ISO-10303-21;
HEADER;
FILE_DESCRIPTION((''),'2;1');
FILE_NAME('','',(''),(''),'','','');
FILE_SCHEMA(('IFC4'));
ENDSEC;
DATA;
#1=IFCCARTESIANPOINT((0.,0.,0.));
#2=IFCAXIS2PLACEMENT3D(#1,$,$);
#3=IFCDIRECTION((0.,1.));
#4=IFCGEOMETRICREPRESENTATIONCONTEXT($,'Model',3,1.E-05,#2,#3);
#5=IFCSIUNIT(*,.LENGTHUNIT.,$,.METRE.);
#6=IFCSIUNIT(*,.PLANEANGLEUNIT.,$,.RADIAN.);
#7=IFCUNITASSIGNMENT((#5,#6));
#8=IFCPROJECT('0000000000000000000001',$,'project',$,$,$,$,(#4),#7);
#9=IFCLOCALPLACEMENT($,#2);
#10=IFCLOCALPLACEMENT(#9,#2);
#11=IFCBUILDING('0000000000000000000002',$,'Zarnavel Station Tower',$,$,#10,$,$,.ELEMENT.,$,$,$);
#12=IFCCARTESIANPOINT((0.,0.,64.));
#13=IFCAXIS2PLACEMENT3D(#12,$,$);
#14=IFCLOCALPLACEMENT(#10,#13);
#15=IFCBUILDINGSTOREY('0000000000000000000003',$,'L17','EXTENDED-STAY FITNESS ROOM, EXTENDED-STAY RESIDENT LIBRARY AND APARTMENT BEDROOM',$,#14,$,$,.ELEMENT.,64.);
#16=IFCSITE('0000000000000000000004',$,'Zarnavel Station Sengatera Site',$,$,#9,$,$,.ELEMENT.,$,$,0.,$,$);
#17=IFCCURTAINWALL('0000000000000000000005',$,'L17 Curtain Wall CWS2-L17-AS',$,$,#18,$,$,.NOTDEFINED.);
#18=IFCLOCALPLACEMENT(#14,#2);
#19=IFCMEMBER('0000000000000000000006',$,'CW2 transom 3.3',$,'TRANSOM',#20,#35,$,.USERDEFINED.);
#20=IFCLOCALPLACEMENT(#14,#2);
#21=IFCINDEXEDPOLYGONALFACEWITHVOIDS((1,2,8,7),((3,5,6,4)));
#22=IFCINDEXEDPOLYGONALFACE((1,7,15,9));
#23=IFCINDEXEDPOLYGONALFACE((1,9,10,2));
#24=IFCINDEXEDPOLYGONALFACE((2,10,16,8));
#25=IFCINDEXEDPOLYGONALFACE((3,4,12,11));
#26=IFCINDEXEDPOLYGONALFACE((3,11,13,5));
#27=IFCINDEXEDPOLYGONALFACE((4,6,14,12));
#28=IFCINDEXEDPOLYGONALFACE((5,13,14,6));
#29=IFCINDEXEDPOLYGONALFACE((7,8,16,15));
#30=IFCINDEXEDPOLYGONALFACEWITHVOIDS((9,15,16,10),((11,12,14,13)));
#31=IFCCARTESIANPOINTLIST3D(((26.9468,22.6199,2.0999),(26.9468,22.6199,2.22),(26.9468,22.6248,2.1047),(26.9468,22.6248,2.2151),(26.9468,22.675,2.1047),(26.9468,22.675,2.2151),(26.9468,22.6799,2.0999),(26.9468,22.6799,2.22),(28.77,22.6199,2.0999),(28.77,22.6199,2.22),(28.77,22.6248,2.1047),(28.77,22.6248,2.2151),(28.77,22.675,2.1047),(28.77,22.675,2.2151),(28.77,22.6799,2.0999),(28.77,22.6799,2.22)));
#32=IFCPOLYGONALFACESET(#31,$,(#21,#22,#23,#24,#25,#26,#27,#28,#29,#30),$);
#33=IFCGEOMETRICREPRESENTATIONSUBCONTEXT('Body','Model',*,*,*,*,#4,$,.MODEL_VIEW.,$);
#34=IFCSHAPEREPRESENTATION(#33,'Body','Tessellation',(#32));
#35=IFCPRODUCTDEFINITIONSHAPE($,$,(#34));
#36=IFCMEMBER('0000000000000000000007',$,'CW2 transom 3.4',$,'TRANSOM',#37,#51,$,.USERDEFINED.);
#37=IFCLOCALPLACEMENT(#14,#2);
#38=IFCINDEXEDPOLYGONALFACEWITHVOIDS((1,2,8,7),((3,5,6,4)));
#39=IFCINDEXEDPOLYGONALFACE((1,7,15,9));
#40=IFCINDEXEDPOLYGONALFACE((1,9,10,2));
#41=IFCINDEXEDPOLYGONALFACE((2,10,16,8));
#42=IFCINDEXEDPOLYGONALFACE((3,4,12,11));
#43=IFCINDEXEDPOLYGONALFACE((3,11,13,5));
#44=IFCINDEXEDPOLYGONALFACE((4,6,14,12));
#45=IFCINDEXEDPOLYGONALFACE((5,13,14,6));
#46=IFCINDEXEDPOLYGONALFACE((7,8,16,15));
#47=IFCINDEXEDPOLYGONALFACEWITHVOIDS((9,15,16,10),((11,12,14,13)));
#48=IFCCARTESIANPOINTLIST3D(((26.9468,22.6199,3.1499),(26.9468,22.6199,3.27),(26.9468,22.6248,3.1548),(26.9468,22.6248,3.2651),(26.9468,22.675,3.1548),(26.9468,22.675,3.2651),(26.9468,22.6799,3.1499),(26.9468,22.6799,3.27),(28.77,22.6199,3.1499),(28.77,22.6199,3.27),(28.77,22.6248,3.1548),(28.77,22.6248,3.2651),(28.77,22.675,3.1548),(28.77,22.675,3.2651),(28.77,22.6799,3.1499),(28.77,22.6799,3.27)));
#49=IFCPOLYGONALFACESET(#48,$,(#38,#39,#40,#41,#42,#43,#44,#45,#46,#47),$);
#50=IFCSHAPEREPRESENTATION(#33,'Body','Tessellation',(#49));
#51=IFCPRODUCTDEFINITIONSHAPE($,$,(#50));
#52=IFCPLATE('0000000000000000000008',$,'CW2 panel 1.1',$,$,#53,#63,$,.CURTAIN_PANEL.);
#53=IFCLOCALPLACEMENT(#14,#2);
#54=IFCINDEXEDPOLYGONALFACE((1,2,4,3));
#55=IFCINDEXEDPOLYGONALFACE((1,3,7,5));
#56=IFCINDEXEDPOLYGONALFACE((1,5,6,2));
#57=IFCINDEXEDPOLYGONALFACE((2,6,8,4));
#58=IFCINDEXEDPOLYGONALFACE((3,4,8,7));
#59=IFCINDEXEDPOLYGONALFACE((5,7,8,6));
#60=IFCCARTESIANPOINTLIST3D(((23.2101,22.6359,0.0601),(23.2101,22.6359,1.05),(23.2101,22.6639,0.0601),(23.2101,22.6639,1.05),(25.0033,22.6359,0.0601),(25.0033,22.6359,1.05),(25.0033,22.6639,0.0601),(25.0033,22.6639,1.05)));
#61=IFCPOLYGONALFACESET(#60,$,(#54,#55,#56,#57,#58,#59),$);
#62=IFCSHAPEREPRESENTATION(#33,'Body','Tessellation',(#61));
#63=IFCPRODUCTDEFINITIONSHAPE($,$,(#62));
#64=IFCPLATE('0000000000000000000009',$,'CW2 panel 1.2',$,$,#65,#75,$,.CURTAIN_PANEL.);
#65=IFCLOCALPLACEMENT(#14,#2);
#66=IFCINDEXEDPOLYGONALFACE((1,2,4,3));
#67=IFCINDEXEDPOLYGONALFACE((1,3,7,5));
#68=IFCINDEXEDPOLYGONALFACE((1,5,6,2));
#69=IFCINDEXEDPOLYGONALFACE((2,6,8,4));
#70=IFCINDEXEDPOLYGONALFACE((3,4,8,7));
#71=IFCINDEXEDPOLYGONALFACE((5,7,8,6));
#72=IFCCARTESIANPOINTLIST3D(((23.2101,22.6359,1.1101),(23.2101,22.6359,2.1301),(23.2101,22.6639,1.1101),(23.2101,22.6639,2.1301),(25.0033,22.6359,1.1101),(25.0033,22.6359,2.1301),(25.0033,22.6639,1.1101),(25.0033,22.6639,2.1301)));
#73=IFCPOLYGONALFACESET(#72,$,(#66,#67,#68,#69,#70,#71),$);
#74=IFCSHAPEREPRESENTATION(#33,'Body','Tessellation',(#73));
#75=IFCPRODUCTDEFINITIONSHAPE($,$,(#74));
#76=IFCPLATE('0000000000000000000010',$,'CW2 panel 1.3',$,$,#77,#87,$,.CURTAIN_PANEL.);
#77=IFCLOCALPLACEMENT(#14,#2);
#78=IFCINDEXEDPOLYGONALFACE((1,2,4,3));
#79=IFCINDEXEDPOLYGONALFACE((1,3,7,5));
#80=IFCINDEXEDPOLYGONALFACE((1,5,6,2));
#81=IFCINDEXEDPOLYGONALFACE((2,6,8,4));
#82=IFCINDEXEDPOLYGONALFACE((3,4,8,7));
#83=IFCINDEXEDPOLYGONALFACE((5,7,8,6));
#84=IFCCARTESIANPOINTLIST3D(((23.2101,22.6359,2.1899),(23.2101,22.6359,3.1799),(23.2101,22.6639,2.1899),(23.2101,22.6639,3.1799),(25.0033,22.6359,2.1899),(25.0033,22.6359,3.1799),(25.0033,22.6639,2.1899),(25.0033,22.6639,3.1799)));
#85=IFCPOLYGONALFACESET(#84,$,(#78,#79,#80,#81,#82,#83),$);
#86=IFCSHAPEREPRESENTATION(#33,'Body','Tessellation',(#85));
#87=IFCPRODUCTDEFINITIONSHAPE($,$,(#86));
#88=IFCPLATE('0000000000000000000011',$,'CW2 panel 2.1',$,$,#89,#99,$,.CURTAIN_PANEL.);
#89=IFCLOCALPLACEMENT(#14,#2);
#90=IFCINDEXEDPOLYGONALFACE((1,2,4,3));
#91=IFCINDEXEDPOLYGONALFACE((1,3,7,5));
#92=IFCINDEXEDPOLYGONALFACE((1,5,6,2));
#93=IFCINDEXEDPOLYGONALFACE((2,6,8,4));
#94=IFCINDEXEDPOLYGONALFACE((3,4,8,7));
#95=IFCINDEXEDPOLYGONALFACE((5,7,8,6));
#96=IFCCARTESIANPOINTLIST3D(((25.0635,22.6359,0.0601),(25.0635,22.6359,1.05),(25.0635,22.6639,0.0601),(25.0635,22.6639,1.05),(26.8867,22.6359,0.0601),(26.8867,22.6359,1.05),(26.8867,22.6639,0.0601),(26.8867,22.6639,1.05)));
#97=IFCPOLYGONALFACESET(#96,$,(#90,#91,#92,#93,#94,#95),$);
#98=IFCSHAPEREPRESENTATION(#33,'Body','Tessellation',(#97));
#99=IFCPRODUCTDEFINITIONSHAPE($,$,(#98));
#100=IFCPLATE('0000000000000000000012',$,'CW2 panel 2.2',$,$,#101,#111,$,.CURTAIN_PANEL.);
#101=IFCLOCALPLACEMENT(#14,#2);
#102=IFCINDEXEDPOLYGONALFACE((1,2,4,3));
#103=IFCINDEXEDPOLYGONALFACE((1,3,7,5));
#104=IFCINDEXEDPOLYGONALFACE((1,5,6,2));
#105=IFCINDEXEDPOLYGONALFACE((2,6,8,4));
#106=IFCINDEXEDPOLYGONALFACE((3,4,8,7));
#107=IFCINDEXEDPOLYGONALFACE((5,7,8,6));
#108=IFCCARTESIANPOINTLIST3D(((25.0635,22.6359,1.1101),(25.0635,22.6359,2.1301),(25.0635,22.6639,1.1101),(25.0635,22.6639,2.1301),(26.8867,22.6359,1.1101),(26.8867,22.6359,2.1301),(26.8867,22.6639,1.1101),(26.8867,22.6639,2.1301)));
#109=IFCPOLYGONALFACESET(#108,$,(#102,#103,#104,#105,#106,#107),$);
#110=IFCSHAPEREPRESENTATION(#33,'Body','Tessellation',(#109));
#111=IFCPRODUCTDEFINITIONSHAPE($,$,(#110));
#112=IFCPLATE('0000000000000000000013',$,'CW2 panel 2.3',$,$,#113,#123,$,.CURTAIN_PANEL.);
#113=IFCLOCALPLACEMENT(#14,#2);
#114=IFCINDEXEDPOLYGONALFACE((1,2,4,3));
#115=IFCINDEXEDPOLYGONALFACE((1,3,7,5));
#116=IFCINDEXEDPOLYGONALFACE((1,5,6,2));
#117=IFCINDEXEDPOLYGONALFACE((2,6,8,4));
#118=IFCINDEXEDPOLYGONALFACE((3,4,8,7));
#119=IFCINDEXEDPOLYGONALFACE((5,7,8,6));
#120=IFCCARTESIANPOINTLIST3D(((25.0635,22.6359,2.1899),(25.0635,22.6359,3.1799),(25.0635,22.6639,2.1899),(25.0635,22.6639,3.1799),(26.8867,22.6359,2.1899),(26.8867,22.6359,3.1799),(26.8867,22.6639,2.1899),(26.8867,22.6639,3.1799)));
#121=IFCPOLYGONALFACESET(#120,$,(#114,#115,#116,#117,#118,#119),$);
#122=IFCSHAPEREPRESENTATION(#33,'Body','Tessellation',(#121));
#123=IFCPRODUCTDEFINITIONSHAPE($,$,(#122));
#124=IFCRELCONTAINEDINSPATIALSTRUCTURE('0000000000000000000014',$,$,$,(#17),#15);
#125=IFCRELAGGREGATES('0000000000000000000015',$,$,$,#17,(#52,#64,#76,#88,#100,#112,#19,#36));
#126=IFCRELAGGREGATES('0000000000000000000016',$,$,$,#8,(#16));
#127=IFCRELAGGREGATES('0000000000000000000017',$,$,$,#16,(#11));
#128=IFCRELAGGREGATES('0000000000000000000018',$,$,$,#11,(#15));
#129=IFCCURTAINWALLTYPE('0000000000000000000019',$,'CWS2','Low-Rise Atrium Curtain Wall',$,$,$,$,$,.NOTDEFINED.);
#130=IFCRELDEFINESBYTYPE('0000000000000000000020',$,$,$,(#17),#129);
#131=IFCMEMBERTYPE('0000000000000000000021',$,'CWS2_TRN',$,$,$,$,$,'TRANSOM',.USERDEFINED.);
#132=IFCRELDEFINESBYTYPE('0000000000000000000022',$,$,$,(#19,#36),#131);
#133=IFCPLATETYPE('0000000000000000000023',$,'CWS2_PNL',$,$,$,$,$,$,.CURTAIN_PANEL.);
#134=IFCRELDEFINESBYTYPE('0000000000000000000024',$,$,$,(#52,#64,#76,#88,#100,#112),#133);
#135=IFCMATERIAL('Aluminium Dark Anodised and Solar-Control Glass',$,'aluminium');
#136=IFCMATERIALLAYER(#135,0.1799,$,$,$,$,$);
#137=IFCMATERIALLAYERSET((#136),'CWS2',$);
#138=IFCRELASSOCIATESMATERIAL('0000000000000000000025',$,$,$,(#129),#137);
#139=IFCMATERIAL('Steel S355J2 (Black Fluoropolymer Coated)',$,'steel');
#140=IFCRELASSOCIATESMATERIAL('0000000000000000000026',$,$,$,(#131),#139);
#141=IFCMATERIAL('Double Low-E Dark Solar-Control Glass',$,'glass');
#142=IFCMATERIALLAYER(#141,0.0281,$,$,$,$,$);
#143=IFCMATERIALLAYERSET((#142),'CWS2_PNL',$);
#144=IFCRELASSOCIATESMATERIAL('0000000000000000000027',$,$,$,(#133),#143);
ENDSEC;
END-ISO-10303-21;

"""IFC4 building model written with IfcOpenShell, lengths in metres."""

from ifc_helpers import new_model, si_unit, direction, frame, origin, origin_2d, place, context, subcontext, project, spatial, rectangle, hollow_rectangle, extrude, material, layer, layer_set, material_profile, profile_set, type_object, element, aggregate, save


model = new_model("IFC4")

# Units and contexts
model_context = context("Model", 3, precision=1e-05, world=origin(), true_north=direction((0.0, 1.0)))
body_context = subcontext(model_context, "Body", "Model", "MODEL_VIEW")
ifc_project = project(units=[si_unit("LENGTHUNIT", "METRE"), si_unit("PLANEANGLEUNIT", "RADIAN")], contexts=[model_context])

# Site, building, storey
site_placement = place(None, origin())
site = spatial("IfcSite", under=ifc_project, at=site_placement, Name="Zarnavel Station Sengatera Site", CompositionType="ELEMENT", RefElevation=0.0)
building_placement = place(site_placement, origin())
building = spatial("IfcBuilding", under=site, at=building_placement, Name="Zarnavel Station Tower", CompositionType="ELEMENT")
storey_placement = place(building_placement, frame((0.0, 0.0, 64.0)))
storey = spatial("IfcBuildingStorey", under=building, at=storey_placement, Name="L17", Description="EXTENDED-STAY FITNESS ROOM, EXTENDED-STAY RESIDENT LIBRARY AND APARTMENT BEDROOM", CompositionType="ELEMENT", Elevation=64.0)

# Curtain wall, members, plates
ifc_material_1 = material(Name="Aluminium Dark Anodised and Solar-Control Glass", Category="aluminium")
ifc_layer_1 = layer(ifc_material_1, 0.1799)
ifc_layer_set_1 = layer_set([ifc_layer_1], Name="CWS2")
curtain_wall_type = type_object("IfcCurtainWallType", Name="CWS2", Description="Low-Rise Atrium Curtain Wall", PredefinedType="NOTDEFINED", material=ifc_layer_set_1)
curtain_wall_placement = place(storey_placement, origin())
curtain_wall = element("IfcCurtainWall", 1, at=curtain_wall_placement, inside=storey, type_object=curtain_wall_type, Name="L17 Curtain Wall CWS2-L17-AS", PredefinedType="NOTDEFINED")
ifc_material_2 = material(Name="Steel S355J2 (Black Fluoropolymer Coated)", Category="steel")
ifc_material_profile_1 = material_profile(ifc_material_2, hollow_rectangle(XDim=0.0601, YDim=0.1201, WallThickness=0.0049, at=origin_2d()), Name="RHS120x60x5")
ifc_profile_set_1 = profile_set([ifc_material_profile_1], Name="Steel S355J2 (Black Fluoropolymer Coated)")
member_type_1 = type_object("IfcMemberType", Name="CWS2_TRN", ElementType="TRANSOM", PredefinedType="USERDEFINED", material=ifc_profile_set_1)
member_1_placement = place(storey_placement, frame((26.9468, 22.6499, 2.1599), z_axis=(1.0, 0.0, 0.0), x_axis=(0.0, 1.0, 0.0)))
member_1 = element("IfcMember", 2, at=member_1_placement, type_object=member_type_1, Name="CW2 transom 3.3", ObjectType="TRANSOM", PredefinedType="USERDEFINED", context=body_context, shape_type="SweptSolid", body=[
    extrude(hollow_rectangle(XDim=0.0601, YDim=0.1201, WallThickness=0.0049, at=origin_2d()), origin(), (0.0, 0.0, 1.0), 1.8232),
])
member_2_placement = place(storey_placement, frame((26.9468, 22.6499, 3.21), z_axis=(1.0, 0.0, 0.0), x_axis=(0.0, 1.0, 0.0)))
member_2 = element("IfcMember", 3, at=member_2_placement, type_object=member_type_1, Name="CW2 transom 3.4", ObjectType="TRANSOM", PredefinedType="USERDEFINED", context=body_context, shape_type="SweptSolid", body=[
    extrude(hollow_rectangle(XDim=0.0601, YDim=0.1201, WallThickness=0.0049, at=origin_2d()), origin(), (0.0, 0.0, 1.0), 1.8232),
])
ifc_material_3 = material(Name="Double Low-E Dark Solar-Control Glass", Category="glass")
ifc_layer_2 = layer(ifc_material_3, 0.0281)
ifc_layer_set_2 = layer_set([ifc_layer_2], Name="CWS2_PNL")
plate_type = type_object("IfcPlateType", Name="CWS2_PNL", PredefinedType="CURTAIN_PANEL", material=ifc_layer_set_2)
plate_1_placement = place(storey_placement, frame((24.1067, 22.6499, 0.0601), z_axis=(0.0, 0.0, 1.0), x_axis=(1.0, 0.0, 0.0)))
plate_1 = element("IfcPlate", 4, at=plate_1_placement, type_object=plate_type, Name="CW2 panel 1.1", PredefinedType="CURTAIN_PANEL", context=body_context, shape_type="SweptSolid", body=[
    extrude(rectangle(XDim=1.7932, YDim=0.0281, at=origin_2d()), origin(), (0.0, 0.0, 1.0), 0.99),
])
plate_2_placement = place(storey_placement, frame((24.1067, 22.6499, 1.1101), z_axis=(0.0, 0.0, 1.0), x_axis=(1.0, 0.0, 0.0)))
plate_2 = element("IfcPlate", 5, at=plate_2_placement, type_object=plate_type, Name="CW2 panel 1.2", PredefinedType="CURTAIN_PANEL", context=body_context, shape_type="SweptSolid", body=[
    extrude(rectangle(XDim=1.7932, YDim=0.0281, at=origin_2d()), origin(), (0.0, 0.0, 1.0), 1.02),
])
plate_3_placement = place(storey_placement, frame((24.1067, 22.6499, 2.1899), z_axis=(0.0, 0.0, 1.0), x_axis=(1.0, 0.0, 0.0)))
plate_3 = element("IfcPlate", 6, at=plate_3_placement, type_object=plate_type, Name="CW2 panel 1.3", PredefinedType="CURTAIN_PANEL", context=body_context, shape_type="SweptSolid", body=[
    extrude(rectangle(XDim=1.7932, YDim=0.0281, at=origin_2d()), origin(), (0.0, 0.0, 1.0), 0.99),
])
plate_4_placement = place(storey_placement, frame((25.9751, 22.6499, 0.0601), z_axis=(0.0, 0.0, 1.0), x_axis=(1.0, 0.0, 0.0)))
plate_4 = element("IfcPlate", 7, at=plate_4_placement, type_object=plate_type, Name="CW2 panel 2.1", PredefinedType="CURTAIN_PANEL", context=body_context, shape_type="SweptSolid", body=[
    extrude(rectangle(XDim=1.8232, YDim=0.0281, at=origin_2d()), origin(), (0.0, 0.0, 1.0), 0.99),
])
plate_5_placement = place(storey_placement, frame((25.9751, 22.6499, 1.1101), z_axis=(0.0, 0.0, 1.0), x_axis=(1.0, 0.0, 0.0)))
plate_5 = element("IfcPlate", 8, at=plate_5_placement, type_object=plate_type, Name="CW2 panel 2.2", PredefinedType="CURTAIN_PANEL", context=body_context, shape_type="SweptSolid", body=[
    extrude(rectangle(XDim=1.8232, YDim=0.0281, at=origin_2d()), origin(), (0.0, 0.0, 1.0), 1.02),
])
plate_6_placement = place(storey_placement, frame((25.9751, 22.6499, 2.1899), z_axis=(0.0, 0.0, 1.0), x_axis=(1.0, 0.0, 0.0)))
plate_6 = element("IfcPlate", 9, at=plate_6_placement, type_object=plate_type, Name="CW2 panel 2.3", PredefinedType="CURTAIN_PANEL", context=body_context, shape_type="SweptSolid", body=[
    extrude(rectangle(XDim=1.8232, YDim=0.0281, at=origin_2d()), origin(), (0.0, 0.0, 1.0), 0.99),
])
aggregate(curtain_wall, [plate_1, plate_2, plate_3, plate_4, plate_5, plate_6, member_1, member_2])

save(model, "model.ifc")
